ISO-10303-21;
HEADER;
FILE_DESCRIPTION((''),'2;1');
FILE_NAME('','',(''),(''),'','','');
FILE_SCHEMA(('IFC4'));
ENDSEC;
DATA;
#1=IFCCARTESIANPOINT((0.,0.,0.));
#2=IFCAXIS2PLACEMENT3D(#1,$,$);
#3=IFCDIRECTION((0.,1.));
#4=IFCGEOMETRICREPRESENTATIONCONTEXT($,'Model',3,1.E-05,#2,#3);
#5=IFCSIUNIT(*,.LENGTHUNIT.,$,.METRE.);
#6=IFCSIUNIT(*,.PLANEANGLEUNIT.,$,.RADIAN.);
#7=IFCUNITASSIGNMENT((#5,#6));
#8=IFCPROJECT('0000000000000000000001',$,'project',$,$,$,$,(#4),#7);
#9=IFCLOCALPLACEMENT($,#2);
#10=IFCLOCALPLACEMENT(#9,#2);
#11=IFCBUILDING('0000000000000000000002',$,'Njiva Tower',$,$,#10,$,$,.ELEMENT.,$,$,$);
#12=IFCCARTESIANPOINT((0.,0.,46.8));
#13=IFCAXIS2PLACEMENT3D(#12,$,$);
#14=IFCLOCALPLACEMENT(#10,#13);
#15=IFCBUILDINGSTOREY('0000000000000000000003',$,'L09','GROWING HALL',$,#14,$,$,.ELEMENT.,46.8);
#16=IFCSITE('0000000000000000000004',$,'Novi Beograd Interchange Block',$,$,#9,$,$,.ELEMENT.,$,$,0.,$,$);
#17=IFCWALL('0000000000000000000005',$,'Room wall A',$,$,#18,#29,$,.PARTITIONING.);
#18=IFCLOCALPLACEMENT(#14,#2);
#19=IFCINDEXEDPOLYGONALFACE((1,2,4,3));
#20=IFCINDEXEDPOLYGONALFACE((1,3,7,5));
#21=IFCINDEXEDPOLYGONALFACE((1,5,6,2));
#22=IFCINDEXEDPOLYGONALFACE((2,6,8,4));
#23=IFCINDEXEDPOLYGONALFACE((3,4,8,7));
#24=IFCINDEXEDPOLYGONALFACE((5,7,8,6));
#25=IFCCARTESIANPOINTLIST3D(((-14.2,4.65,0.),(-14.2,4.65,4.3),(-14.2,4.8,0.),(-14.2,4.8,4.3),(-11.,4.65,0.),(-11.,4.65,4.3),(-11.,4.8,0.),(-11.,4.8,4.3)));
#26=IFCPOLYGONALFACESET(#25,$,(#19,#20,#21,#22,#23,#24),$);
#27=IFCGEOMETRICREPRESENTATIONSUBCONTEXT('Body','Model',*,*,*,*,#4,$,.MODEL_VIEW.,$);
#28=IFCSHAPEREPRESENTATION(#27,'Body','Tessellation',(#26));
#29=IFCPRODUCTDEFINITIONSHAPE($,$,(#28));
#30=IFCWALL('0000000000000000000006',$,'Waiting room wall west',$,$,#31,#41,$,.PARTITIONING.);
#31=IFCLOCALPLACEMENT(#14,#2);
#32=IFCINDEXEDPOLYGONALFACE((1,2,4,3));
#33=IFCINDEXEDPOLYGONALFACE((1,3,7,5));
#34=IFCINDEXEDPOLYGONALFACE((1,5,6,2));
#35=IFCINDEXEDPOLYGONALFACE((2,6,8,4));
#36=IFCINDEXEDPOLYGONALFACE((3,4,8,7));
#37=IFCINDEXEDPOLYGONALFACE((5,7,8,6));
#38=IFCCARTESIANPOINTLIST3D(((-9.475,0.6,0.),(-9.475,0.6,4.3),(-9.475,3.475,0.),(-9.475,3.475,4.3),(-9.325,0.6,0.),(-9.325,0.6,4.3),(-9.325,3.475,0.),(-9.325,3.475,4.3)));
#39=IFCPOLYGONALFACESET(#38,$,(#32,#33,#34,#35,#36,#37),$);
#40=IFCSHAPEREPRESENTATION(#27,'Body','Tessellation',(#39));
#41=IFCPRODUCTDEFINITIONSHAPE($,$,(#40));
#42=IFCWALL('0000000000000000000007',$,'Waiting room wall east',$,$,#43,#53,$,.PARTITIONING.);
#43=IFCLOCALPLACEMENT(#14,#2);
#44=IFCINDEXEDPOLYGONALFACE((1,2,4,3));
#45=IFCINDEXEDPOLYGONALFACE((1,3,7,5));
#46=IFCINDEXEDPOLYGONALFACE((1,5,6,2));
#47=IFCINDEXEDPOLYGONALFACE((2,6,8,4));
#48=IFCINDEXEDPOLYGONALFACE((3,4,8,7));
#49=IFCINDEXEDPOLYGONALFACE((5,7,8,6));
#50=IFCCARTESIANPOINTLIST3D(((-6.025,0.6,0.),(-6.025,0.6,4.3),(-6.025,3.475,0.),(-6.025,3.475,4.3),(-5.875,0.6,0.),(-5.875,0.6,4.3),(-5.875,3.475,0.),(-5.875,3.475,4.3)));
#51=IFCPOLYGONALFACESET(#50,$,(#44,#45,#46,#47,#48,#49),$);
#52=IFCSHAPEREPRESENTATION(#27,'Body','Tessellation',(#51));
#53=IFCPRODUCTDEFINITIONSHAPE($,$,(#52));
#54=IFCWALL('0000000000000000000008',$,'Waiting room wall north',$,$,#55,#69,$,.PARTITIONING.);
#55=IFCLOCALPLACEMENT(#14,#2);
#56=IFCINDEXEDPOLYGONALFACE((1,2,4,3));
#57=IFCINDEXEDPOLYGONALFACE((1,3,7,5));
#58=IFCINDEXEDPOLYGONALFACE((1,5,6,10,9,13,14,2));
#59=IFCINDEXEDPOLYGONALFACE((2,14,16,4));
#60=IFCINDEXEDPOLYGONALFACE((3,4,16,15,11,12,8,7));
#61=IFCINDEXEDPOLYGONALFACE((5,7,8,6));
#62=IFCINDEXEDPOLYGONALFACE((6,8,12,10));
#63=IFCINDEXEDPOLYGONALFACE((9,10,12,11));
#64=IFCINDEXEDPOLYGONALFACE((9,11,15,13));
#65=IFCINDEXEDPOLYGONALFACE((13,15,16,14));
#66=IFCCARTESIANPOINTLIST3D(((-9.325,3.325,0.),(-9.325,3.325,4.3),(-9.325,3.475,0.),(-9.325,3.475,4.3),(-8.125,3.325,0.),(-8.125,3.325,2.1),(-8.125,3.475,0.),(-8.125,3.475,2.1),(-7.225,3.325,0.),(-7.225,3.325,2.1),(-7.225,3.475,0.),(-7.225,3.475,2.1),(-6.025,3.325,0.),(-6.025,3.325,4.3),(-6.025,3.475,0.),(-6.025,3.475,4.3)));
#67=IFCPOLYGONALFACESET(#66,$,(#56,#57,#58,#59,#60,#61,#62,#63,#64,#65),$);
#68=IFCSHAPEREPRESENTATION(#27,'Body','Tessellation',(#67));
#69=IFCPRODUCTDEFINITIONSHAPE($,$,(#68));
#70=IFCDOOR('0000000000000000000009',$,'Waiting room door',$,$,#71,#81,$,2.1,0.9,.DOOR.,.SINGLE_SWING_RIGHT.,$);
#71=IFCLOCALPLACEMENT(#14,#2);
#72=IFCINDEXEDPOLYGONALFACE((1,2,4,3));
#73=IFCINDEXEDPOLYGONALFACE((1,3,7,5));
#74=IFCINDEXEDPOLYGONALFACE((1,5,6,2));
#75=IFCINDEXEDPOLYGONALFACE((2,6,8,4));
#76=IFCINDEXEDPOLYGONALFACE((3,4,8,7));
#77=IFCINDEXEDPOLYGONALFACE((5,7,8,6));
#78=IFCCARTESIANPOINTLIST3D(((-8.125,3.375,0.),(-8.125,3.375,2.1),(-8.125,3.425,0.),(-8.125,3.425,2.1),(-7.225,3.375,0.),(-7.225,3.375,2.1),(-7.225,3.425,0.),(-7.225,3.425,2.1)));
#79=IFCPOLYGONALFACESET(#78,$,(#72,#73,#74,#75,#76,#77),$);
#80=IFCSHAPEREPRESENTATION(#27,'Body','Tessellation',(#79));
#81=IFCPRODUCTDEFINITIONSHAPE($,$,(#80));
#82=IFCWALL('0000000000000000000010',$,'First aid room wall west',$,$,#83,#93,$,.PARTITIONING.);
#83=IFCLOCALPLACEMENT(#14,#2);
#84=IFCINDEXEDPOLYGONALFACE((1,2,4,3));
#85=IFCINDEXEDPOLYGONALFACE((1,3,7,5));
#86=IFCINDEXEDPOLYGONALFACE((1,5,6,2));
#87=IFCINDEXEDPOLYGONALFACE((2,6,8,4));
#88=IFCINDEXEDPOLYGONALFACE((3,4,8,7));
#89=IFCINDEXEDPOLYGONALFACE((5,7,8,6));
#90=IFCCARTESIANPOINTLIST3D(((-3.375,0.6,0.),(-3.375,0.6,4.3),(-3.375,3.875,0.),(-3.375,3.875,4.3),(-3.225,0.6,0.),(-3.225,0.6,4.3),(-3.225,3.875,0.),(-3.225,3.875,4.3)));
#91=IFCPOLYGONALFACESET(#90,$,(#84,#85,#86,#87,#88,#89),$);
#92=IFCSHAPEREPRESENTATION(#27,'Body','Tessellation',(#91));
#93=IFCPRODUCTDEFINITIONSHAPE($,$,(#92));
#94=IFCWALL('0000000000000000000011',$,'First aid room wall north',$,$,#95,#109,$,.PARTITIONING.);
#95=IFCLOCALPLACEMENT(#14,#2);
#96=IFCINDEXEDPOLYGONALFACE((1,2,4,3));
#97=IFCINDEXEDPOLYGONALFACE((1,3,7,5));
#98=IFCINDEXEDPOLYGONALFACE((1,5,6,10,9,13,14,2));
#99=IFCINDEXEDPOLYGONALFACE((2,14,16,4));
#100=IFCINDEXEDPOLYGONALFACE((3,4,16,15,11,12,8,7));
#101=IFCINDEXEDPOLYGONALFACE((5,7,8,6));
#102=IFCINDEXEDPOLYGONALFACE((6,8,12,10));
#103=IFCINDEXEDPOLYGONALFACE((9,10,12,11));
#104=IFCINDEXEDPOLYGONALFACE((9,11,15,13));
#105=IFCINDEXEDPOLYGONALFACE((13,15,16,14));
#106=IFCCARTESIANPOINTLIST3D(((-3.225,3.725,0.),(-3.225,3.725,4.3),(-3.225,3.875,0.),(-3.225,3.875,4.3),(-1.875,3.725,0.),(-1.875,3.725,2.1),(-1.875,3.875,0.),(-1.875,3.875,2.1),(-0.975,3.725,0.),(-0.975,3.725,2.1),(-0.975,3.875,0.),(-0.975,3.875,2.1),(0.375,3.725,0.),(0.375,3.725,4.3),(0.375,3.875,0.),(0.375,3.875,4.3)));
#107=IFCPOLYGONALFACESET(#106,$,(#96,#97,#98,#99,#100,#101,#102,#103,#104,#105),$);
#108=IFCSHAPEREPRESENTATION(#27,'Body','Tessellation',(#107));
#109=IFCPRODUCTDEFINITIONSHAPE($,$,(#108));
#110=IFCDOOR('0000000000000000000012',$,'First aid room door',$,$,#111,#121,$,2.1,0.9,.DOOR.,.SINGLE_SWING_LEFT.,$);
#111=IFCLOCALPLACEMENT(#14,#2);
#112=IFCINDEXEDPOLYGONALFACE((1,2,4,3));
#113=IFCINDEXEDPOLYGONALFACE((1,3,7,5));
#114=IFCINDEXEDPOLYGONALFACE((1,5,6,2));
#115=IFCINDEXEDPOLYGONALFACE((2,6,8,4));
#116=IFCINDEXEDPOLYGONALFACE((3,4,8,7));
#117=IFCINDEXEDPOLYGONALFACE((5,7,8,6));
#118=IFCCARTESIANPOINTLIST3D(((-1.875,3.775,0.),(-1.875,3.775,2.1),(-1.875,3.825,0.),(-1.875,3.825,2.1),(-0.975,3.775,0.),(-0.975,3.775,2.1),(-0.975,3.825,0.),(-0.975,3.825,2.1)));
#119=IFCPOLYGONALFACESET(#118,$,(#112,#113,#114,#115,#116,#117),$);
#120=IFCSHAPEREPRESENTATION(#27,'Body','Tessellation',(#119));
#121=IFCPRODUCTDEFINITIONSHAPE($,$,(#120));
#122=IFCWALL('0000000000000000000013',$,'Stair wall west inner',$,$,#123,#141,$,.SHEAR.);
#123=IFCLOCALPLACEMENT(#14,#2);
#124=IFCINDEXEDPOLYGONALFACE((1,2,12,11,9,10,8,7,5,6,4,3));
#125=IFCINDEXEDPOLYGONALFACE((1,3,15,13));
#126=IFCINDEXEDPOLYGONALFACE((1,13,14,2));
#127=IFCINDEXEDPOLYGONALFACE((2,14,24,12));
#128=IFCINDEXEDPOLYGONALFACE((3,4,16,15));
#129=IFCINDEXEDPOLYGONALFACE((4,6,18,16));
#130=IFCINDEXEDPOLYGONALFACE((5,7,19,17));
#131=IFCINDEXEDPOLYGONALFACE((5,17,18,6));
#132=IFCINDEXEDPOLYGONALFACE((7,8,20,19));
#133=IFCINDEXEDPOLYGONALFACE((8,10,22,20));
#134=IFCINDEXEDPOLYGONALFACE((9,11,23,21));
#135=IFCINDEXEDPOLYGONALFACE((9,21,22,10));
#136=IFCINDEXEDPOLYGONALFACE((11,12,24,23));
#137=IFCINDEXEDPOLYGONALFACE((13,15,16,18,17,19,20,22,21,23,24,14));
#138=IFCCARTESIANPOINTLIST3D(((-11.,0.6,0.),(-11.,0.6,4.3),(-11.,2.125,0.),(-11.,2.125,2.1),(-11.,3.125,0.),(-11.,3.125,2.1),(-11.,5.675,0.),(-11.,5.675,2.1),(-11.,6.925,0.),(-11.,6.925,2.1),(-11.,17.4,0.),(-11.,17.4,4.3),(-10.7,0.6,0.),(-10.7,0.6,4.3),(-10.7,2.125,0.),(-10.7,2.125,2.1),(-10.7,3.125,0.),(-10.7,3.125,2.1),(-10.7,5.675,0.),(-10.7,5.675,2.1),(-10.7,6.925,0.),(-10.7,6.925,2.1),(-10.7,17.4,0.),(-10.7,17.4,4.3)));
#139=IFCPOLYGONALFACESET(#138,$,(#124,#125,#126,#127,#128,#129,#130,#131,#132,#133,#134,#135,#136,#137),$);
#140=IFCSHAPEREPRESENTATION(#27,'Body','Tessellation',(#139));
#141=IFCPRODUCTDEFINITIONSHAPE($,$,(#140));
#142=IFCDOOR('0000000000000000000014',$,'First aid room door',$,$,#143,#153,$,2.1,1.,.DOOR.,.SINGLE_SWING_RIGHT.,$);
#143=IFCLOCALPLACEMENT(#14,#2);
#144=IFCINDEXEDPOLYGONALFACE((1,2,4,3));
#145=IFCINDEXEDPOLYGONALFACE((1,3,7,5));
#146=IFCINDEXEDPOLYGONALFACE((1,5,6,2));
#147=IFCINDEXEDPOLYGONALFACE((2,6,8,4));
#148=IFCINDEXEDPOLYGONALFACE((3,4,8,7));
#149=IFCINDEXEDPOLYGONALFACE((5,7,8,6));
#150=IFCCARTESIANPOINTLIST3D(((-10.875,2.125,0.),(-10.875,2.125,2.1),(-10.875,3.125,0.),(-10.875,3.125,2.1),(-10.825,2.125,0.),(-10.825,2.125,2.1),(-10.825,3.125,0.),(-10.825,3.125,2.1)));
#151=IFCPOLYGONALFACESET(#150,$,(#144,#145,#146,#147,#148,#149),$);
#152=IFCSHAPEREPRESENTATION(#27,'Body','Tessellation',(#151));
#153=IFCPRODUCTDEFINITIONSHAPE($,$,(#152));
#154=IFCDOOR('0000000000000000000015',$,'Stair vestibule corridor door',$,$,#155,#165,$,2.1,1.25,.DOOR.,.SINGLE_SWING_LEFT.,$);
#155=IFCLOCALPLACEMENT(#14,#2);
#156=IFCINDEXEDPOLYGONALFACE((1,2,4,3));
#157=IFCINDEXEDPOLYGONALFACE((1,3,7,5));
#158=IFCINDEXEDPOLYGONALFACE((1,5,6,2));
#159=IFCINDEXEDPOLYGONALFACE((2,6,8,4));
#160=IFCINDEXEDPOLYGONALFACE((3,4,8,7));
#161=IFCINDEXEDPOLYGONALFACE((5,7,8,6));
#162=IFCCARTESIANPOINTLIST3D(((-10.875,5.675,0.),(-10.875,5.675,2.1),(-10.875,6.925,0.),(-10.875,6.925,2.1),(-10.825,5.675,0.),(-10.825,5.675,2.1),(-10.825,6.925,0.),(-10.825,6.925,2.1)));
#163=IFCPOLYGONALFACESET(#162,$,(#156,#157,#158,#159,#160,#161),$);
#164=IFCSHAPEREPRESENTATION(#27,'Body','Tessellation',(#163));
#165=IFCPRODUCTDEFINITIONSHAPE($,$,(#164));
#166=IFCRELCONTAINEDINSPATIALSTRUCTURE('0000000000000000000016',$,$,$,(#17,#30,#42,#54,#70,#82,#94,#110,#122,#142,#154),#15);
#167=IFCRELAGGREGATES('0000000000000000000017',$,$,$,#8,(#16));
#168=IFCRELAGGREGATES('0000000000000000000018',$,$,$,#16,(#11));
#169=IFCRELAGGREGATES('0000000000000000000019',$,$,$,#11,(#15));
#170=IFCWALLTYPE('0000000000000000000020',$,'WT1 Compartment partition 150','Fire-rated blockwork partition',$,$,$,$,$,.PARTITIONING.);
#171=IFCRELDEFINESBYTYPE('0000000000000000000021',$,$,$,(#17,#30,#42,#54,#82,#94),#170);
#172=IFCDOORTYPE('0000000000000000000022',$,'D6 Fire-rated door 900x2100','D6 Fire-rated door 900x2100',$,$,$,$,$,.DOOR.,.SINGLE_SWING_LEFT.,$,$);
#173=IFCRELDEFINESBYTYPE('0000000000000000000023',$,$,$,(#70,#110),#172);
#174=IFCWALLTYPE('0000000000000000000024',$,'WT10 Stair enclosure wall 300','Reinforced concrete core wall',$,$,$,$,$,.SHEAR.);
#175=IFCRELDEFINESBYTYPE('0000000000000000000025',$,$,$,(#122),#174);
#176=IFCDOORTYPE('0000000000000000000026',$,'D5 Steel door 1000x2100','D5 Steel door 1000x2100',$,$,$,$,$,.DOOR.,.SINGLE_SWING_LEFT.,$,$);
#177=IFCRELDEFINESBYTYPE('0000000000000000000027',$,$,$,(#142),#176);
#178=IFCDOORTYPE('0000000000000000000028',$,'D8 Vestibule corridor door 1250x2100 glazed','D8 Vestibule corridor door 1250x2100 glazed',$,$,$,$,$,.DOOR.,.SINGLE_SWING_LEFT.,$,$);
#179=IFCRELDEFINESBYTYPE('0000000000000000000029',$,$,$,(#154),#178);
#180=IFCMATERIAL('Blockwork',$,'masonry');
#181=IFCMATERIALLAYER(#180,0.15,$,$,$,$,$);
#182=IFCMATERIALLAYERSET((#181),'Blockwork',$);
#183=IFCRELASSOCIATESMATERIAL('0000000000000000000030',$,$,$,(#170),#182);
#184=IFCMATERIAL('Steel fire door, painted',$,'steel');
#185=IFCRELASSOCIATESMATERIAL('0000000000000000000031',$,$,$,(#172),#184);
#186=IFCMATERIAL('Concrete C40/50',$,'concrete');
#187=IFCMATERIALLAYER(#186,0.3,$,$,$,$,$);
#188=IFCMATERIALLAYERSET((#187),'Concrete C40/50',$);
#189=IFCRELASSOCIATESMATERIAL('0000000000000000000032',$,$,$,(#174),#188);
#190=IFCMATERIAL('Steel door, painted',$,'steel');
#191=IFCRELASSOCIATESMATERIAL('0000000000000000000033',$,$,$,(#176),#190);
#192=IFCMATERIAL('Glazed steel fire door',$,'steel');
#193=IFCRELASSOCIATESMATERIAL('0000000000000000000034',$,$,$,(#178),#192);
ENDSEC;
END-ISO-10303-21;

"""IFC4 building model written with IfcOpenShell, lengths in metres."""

from ifc_helpers import new_model, si_unit, direction, frame, frame_2d, origin, place, context, subcontext, project, spatial, rectangle, extrude, material, layer, layer_set, type_object, element, fill, save


model = new_model("IFC4")

# Units and contexts
model_context = context("Model", 3, precision=1e-05, world=origin(), true_north=direction((0.0, 1.0)))
body_context = subcontext(model_context, "Body", "Model", "MODEL_VIEW")
ifc_project = project(units=[si_unit("LENGTHUNIT", "METRE"), si_unit("PLANEANGLEUNIT", "RADIAN")], contexts=[model_context])

# Site, building, storey
site_placement = place(None, origin())
site = spatial("IfcSite", under=ifc_project, at=site_placement, Name="Novi Beograd Interchange Block", CompositionType="ELEMENT", RefElevation=0.0)
building_placement = place(site_placement, origin())
building = spatial("IfcBuilding", under=site, at=building_placement, Name="Njiva Tower", CompositionType="ELEMENT")
storey_placement = place(building_placement, frame((0.0, 0.0, 46.8)))
storey = spatial("IfcBuildingStorey", under=building, at=storey_placement, Name="L09", Description="GROWING HALL", CompositionType="ELEMENT", Elevation=46.8)

# Walls
ifc_material_1 = material(Name="Blockwork", Category="masonry")
ifc_layer_1 = layer(ifc_material_1, 0.15)
ifc_layer_set_1 = layer_set([ifc_layer_1], Name="Blockwork")
wall_type_1 = type_object("IfcWallType", Name="WT1 Compartment partition 150", Description="Fire-rated blockwork partition", PredefinedType="PARTITIONING", material=ifc_layer_set_1)
wall_1_placement = place(storey_placement, frame((-14.2, 4.725, 0.0), z_axis=(0.0, 0.0, 1.0), x_axis=(1.0, 0.0, 0.0)))
element("IfcWall", 1, at=wall_1_placement, inside=storey, type_object=wall_type_1, Name="Room wall A", PredefinedType="PARTITIONING", context=body_context, shape_type="SweptSolid", body=[
    extrude(rectangle(XDim=3.2, YDim=0.15, at=frame_2d((1.6, 0.0))), origin(), (0.0, 0.0, 1.0), 4.3),
])
for number, where, z_axis, x_axis, name in (
    (2, (-9.4, 0.6, 0.0), (0.0, 0.0, 1.0), (0.0, 1.0, 0.0), "Waiting room wall west"),
    (3, (-5.95, 0.6, 0.0), (0.0, 0.0, 1.0), (0.0, 1.0, 0.0), "Waiting room wall east"),
):
    element("IfcWall", number, at=place(storey_placement, frame(where, z_axis=z_axis, x_axis=x_axis)), inside=storey, type_object=wall_type_1, Name=name, PredefinedType="PARTITIONING", context=body_context, shape_type="SweptSolid", body=[
        extrude(rectangle(XDim=2.875, YDim=0.15, at=frame_2d((1.4375, 0.0))), origin(), (0.0, 0.0, 1.0), 4.3),
    ])

# Wall, opening, door
wall_2_placement = place(storey_placement, frame((-9.325, 3.4, 0.0), z_axis=(0.0, 0.0, 1.0), x_axis=(1.0, 0.0, 0.0)))
wall_2 = element("IfcWall", 4, at=wall_2_placement, inside=storey, type_object=wall_type_1, Name="Waiting room wall north", PredefinedType="PARTITIONING", context=body_context, shape_type="SweptSolid", body=[
    extrude(rectangle(XDim=3.3, YDim=0.15, at=frame_2d((1.65, 0.0))), origin(), (0.0, 0.0, 1.0), 4.3),
])
opening_1_placement = place(wall_2_placement, frame((1.2, 0.0, 0.0)))
opening_1 = element("IfcOpeningElement", 5, at=opening_1_placement, cuts=wall_2, PredefinedType="OPENING", context=body_context, shape_type="SweptSolid", body=[
    extrude(rectangle(XDim=0.9, YDim=2.1, at=frame_2d((0.45, 1.05))), frame((0.0, 0.085, 0.0), z_axis=(0.0, -1.0, 0.0), x_axis=(1.0, 0.0, 0.0)), (0.0, 0.0, 1.0), 0.17),
])
ifc_material_2 = material(Name="Steel fire door, painted", Category="steel")
door_type_1 = type_object("IfcDoorType", Name="D6 Fire-rated door 900x2100", Description="D6 Fire-rated door 900x2100", OperationType="SINGLE_SWING_LEFT", PredefinedType="DOOR", material=ifc_material_2)
door_1_placement = place(opening_1_placement, origin())
door_1 = element("IfcDoor", 6, at=door_1_placement, inside=storey, type_object=door_type_1, Name="Waiting room door", OperationType="SINGLE_SWING_RIGHT", OverallHeight=2.1, OverallWidth=0.9, PredefinedType="DOOR", context=body_context, shape_type="SweptSolid", body=[
    extrude(rectangle(XDim=0.9, YDim=2.1, at=frame_2d((0.45, 1.05))), frame((0.0, 0.025, 0.0), z_axis=(0.0, -1.0, 0.0), x_axis=(1.0, 0.0, 0.0)), (0.0, 0.0, 1.0), 0.05),
])
fill(opening_1, door_1)

# Wall
wall_3_placement = place(storey_placement, frame((-3.3, 0.6, 0.0), z_axis=(0.0, 0.0, 1.0), x_axis=(0.0, 1.0, 0.0)))
element("IfcWall", 7, at=wall_3_placement, inside=storey, type_object=wall_type_1, Name="First aid room wall west", PredefinedType="PARTITIONING", context=body_context, shape_type="SweptSolid", body=[
    extrude(rectangle(XDim=3.275, YDim=0.15, at=frame_2d((1.6375, 0.0))), origin(), (0.0, 0.0, 1.0), 4.3),
])

# Wall, opening, door
wall_4_placement = place(storey_placement, frame((-3.225, 3.8, 0.0), z_axis=(0.0, 0.0, 1.0), x_axis=(1.0, 0.0, 0.0)))
wall_4 = element("IfcWall", 8, at=wall_4_placement, inside=storey, type_object=wall_type_1, Name="First aid room wall north", PredefinedType="PARTITIONING", context=body_context, shape_type="SweptSolid", body=[
    extrude(rectangle(XDim=3.6, YDim=0.15, at=frame_2d((1.8, 0.0))), origin(), (0.0, 0.0, 1.0), 4.3),
])
opening_2_placement = place(wall_4_placement, frame((1.35, 0.0, 0.0)))
opening_2 = element("IfcOpeningElement", 9, at=opening_2_placement, cuts=wall_4, PredefinedType="OPENING", context=body_context, shape_type="SweptSolid", body=[
    extrude(rectangle(XDim=0.9, YDim=2.1, at=frame_2d((0.45, 1.05))), frame((0.0, 0.085, 0.0), z_axis=(0.0, -1.0, 0.0), x_axis=(1.0, 0.0, 0.0)), (0.0, 0.0, 1.0), 0.17),
])
door_2_placement = place(opening_2_placement, origin())
door_2 = element("IfcDoor", 10, at=door_2_placement, inside=storey, type_object=door_type_1, Name="First aid room door", OperationType="SINGLE_SWING_LEFT", OverallHeight=2.1, OverallWidth=0.9, PredefinedType="DOOR", context=body_context, shape_type="SweptSolid", body=[
    extrude(rectangle(XDim=0.9, YDim=2.1, at=frame_2d((0.45, 1.05))), frame((0.0, 0.025, 0.0), z_axis=(0.0, -1.0, 0.0), x_axis=(1.0, 0.0, 0.0)), (0.0, 0.0, 1.0), 0.05),
])
fill(opening_2, door_2)

# Wall, openings, doors
ifc_material_3 = material(Name="Concrete C40/50", Category="concrete")
ifc_layer_2 = layer(ifc_material_3, 0.3)
ifc_layer_set_2 = layer_set([ifc_layer_2], Name="Concrete C40/50")
wall_type_2 = type_object("IfcWallType", Name="WT10 Stair enclosure wall 300", Description="Reinforced concrete core wall", PredefinedType="SHEAR", material=ifc_layer_set_2)
wall_5_placement = place(storey_placement, frame((-10.85, 0.6, 0.0), z_axis=(0.0, 0.0, 1.0), x_axis=(0.0, 1.0, 0.0)))
wall_5 = element("IfcWall", 11, at=wall_5_placement, inside=storey, type_object=wall_type_2, Name="Stair wall west inner", PredefinedType="SHEAR", context=body_context, shape_type="SweptSolid", body=[
    extrude(rectangle(XDim=16.8, YDim=0.3, at=frame_2d((8.4, 0.0))), origin(), (0.0, 0.0, 1.0), 4.3),
])
opening_3_placement = place(wall_5_placement, frame((5.075, 0.0, 0.0)))
opening_3 = element("IfcOpeningElement", 12, at=opening_3_placement, cuts=wall_5, PredefinedType="OPENING", context=body_context, shape_type="SweptSolid", body=[
    extrude(rectangle(XDim=1.25, YDim=2.1, at=frame_2d((0.625, 1.05))), frame((0.0, 0.16, 0.0), z_axis=(0.0, -1.0, 0.0), x_axis=(1.0, 0.0, 0.0)), (0.0, 0.0, 1.0), 0.32),
])
opening_4_placement = place(wall_5_placement, frame((1.525, 0.0, 0.0)))
opening_4 = element("IfcOpeningElement", 13, at=opening_4_placement, cuts=wall_5, PredefinedType="OPENING", context=body_context, shape_type="SweptSolid", body=[
    extrude(rectangle(XDim=1.0, YDim=2.1, at=frame_2d((0.5, 1.05))), frame((0.0, 0.16, 0.0), z_axis=(0.0, -1.0, 0.0), x_axis=(1.0, 0.0, 0.0)), (0.0, 0.0, 1.0), 0.32),
])
ifc_material_4 = material(Name="Steel door, painted", Category="steel")
door_type_2 = type_object("IfcDoorType", Name="D5 Steel door 1000x2100", Description="D5 Steel door 1000x2100", OperationType="SINGLE_SWING_LEFT", PredefinedType="DOOR", material=ifc_material_4)
door_3_placement = place(opening_4_placement, origin())
door_3 = element("IfcDoor", 14, at=door_3_placement, inside=storey, type_object=door_type_2, Name="First aid room door", OperationType="SINGLE_SWING_RIGHT", OverallHeight=2.1, OverallWidth=1.0, PredefinedType="DOOR", context=body_context, shape_type="SweptSolid", body=[
    extrude(rectangle(XDim=1.0, YDim=2.1, at=frame_2d((0.5, 1.05))), frame((0.0, 0.025, 0.0), z_axis=(0.0, -1.0, 0.0), x_axis=(1.0, 0.0, 0.0)), (0.0, 0.0, 1.0), 0.05),
])
fill(opening_4, door_3)
ifc_material_5 = material(Name="Glazed steel fire door", Category="steel")
door_type_3 = type_object("IfcDoorType", Name="D8 Vestibule corridor door 1250x2100 glazed", Description="D8 Vestibule corridor door 1250x2100 glazed", OperationType="SINGLE_SWING_LEFT", PredefinedType="DOOR", material=ifc_material_5)
door_4_placement = place(opening_3_placement, origin())
door_4 = element("IfcDoor", 15, at=door_4_placement, inside=storey, type_object=door_type_3, Name="Stair vestibule corridor door", OperationType="SINGLE_SWING_LEFT", OverallHeight=2.1, OverallWidth=1.25, PredefinedType="DOOR", context=body_context, shape_type="SweptSolid", body=[
    extrude(rectangle(XDim=1.25, YDim=2.1, at=frame_2d((0.625, 1.05))), frame((0.0, 0.025, 0.0), z_axis=(0.0, -1.0, 0.0), x_axis=(1.0, 0.0, 0.0)), (0.0, 0.0, 1.0), 0.05),
])
fill(opening_3, door_4)

save(model, "model.ifc")
